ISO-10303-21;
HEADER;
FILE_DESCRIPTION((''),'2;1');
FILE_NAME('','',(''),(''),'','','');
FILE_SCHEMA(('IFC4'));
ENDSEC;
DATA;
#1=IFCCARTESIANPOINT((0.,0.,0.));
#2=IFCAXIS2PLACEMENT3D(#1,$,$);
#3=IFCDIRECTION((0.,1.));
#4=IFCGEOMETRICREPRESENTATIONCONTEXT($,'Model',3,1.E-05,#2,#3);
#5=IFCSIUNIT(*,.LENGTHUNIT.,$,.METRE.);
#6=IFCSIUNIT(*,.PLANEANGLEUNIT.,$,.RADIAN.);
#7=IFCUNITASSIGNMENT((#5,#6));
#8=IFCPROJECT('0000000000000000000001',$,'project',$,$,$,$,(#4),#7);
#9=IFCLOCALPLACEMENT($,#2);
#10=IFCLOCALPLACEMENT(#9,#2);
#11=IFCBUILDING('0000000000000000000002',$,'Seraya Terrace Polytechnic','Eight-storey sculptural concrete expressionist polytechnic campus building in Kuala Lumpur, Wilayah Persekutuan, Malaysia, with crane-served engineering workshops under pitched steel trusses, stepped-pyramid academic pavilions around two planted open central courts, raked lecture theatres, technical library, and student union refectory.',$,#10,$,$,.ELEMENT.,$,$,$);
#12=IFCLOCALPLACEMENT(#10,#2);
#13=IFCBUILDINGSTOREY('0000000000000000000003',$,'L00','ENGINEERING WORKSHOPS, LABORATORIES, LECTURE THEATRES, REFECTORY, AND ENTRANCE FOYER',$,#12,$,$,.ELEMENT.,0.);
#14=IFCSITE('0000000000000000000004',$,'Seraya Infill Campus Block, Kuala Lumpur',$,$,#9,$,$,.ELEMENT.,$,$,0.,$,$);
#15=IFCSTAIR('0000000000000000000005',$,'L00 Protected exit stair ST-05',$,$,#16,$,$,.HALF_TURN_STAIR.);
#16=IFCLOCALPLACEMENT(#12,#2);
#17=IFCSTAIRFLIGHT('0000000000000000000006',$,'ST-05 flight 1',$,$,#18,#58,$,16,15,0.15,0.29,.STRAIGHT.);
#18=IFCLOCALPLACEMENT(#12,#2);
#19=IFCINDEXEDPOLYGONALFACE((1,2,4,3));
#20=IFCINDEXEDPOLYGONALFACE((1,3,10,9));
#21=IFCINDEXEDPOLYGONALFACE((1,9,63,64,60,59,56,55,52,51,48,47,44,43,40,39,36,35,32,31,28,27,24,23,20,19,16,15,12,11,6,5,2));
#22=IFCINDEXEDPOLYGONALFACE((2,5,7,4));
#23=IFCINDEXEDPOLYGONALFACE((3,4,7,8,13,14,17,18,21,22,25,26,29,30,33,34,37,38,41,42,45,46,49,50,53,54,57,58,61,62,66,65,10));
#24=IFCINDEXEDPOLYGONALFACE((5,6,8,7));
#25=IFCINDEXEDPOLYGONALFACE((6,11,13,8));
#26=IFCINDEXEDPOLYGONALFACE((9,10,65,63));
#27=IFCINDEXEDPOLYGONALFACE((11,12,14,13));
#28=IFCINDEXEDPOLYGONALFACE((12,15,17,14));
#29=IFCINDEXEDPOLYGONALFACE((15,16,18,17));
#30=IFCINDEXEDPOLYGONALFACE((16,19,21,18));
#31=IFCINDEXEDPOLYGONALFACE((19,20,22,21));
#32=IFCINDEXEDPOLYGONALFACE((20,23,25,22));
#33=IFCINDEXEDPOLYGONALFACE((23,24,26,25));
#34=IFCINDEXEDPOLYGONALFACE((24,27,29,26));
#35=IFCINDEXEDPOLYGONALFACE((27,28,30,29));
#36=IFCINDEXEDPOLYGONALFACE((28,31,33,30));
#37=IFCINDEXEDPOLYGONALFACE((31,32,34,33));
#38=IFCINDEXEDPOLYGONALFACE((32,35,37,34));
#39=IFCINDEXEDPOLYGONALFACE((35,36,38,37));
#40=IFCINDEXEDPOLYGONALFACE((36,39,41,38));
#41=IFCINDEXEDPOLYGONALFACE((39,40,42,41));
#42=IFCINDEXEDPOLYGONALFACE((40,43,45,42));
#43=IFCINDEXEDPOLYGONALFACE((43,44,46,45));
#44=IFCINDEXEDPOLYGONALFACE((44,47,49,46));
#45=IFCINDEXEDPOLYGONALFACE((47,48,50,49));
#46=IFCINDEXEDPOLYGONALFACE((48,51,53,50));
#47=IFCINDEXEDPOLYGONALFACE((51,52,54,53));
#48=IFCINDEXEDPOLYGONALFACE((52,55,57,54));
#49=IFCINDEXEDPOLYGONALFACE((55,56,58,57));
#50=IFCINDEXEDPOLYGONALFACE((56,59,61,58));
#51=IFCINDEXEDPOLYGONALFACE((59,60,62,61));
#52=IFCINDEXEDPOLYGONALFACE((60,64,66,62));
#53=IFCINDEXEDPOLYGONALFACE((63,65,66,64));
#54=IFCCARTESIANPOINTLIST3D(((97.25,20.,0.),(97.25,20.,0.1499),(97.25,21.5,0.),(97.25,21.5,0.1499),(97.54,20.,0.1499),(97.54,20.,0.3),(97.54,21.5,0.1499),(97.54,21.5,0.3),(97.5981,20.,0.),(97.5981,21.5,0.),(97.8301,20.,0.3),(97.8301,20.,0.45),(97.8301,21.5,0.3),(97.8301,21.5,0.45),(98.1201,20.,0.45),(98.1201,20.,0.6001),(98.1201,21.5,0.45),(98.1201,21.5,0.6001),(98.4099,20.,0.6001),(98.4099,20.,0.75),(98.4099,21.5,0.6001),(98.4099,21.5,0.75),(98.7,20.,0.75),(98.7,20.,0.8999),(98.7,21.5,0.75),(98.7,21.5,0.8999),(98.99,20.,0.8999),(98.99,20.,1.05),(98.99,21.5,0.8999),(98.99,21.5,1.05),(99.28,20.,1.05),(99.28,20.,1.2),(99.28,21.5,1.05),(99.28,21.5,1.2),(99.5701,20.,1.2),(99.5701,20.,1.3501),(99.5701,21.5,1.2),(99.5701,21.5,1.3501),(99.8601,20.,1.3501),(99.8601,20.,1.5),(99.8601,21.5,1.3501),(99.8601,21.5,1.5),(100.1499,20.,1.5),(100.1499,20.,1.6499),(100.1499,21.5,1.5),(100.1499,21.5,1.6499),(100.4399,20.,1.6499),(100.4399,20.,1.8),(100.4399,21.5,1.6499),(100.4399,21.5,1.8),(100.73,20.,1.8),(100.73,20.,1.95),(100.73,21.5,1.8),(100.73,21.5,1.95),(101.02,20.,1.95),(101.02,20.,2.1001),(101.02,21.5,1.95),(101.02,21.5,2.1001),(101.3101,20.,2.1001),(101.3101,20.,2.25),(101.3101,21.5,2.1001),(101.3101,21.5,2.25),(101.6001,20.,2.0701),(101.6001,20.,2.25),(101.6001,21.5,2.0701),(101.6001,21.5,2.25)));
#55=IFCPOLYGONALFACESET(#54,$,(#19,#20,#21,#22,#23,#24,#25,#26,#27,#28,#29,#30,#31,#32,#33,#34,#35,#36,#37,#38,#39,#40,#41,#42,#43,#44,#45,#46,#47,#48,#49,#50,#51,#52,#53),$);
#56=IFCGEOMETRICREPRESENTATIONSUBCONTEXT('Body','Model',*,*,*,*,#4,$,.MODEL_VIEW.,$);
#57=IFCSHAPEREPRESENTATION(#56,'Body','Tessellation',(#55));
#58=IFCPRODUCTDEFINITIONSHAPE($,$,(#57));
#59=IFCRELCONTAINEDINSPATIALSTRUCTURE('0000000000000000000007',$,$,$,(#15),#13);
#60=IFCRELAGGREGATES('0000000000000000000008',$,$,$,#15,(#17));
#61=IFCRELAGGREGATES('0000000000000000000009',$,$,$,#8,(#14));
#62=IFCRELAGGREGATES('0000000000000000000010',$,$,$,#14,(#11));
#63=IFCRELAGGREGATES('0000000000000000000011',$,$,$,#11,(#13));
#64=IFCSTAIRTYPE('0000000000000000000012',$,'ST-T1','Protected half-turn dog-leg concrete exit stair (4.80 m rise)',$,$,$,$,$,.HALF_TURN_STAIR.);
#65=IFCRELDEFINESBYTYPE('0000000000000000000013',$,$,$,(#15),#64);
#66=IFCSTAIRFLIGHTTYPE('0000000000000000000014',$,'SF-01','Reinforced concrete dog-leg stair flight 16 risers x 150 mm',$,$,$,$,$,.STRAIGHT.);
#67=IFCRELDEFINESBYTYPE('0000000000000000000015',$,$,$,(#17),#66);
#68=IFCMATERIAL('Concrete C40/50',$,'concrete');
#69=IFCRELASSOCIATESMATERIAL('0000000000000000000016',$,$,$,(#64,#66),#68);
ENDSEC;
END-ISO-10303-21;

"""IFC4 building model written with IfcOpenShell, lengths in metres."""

from ifc_helpers import new_model, si_unit, direction, frame, origin, place, context, subcontext, project, spatial, polyline, outline, extrude, material, type_object, element, aggregate, save


model = new_model("IFC4")

# Units and contexts
model_context = context("Model", 3, precision=1e-05, world=origin(), true_north=direction((0.0, 1.0)))
body_context = subcontext(model_context, "Body", "Model", "MODEL_VIEW")
ifc_project = project(units=[si_unit("LENGTHUNIT", "METRE"), si_unit("PLANEANGLEUNIT", "RADIAN")], contexts=[model_context])

# Site, building, storey
site_placement = place(None, origin())
site = spatial("IfcSite", under=ifc_project, at=site_placement, Name="Seraya Infill Campus Block, Kuala Lumpur", CompositionType="ELEMENT", RefElevation=0.0)
building_placement = place(site_placement, origin())
building = spatial("IfcBuilding", under=site, at=building_placement, Name="Seraya Terrace Polytechnic", Description="Eight-storey sculptural concrete expressionist polytechnic campus building in Kuala Lumpur, Wilayah Persekutuan, Malaysia, with crane-served engineering workshops under pitched steel trusses, stepped-pyramid academic pavilions around two planted open central courts, raked lecture theatres, technical library, and student union refectory.", CompositionType="ELEMENT")
storey_placement = place(building_placement, origin())
storey = spatial("IfcBuildingStorey", under=building, at=storey_placement, Name="L00", Description="ENGINEERING WORKSHOPS, LABORATORIES, LECTURE THEATRES, REFECTORY, AND ENTRANCE FOYER", CompositionType="ELEMENT", Elevation=0.0)

# Shared definitions
ifc_material_1 = material(Name="Concrete C40/50", Category="concrete")

# Stair, stair flight
stair_type = type_object("IfcStairType", Name="ST-T1", Description="Protected half-turn dog-leg concrete exit stair (4.80 m rise)", PredefinedType="HALF_TURN_STAIR", material=ifc_material_1)
stair_placement = place(storey_placement, origin())
stair = element("IfcStair", 1, at=stair_placement, inside=storey, type_object=stair_type, Name="L00 Protected exit stair ST-05", PredefinedType="HALF_TURN_STAIR")
stair_flight_type = type_object("IfcStairFlightType", Name="SF-01", Description="Reinforced concrete dog-leg stair flight 16 risers x 150 mm", PredefinedType="STRAIGHT", material=ifc_material_1)
stair_flight_placement = place(storey_placement, frame((97.25, 20.75, 0.0), z_axis=(0.0, 0.0, 1.0), x_axis=(1.0, 0.0, 0.0)))
stair_flight = element("IfcStairFlight", 2, at=stair_flight_placement, type_object=stair_flight_type, Name="ST-05 flight 1", NumberOfRisers=16, NumberOfTreads=15, PredefinedType="STRAIGHT", RiserHeight=0.15, TreadLength=0.29, context=body_context, shape_type="SweptSolid", body=[
    extrude(outline(polyline([(0.0, 0.0), (0.0, 0.1499), (0.29, 0.1499), (0.29, 0.3), (0.5801, 0.3), (0.5801, 0.45), (0.8701, 0.45), (0.8701, 0.6001), (1.1599, 0.6001), (1.1599, 0.75), (1.45, 0.75), (1.45, 0.8999), (1.74, 0.8999), (1.74, 1.05), (2.03, 1.05), (2.03, 1.2), (2.3201, 1.2), (2.3201, 1.3501), (2.6101, 1.3501), (2.6101, 1.5), (2.8999, 1.5), (2.8999, 1.6499), (3.1899, 1.6499), (3.1899, 1.8), (3.48, 1.8), (3.48, 1.95), (3.77, 1.95), (3.77, 2.1001), (4.0601, 2.1001), (4.0601, 2.25), (4.3501, 2.25), (4.3501, 2.3999), (4.3501, 2.0701), (0.3481, 0.0), (0.0, 0.0)])), frame((0.0, 0.75, 0.0), z_axis=(0.0, -1.0, 0.0), x_axis=(1.0, 0.0, 0.0)), (0.0, 0.0, 1.0), 1.5),
])
aggregate(stair, [stair_flight])

save(model, "model.ifc")
